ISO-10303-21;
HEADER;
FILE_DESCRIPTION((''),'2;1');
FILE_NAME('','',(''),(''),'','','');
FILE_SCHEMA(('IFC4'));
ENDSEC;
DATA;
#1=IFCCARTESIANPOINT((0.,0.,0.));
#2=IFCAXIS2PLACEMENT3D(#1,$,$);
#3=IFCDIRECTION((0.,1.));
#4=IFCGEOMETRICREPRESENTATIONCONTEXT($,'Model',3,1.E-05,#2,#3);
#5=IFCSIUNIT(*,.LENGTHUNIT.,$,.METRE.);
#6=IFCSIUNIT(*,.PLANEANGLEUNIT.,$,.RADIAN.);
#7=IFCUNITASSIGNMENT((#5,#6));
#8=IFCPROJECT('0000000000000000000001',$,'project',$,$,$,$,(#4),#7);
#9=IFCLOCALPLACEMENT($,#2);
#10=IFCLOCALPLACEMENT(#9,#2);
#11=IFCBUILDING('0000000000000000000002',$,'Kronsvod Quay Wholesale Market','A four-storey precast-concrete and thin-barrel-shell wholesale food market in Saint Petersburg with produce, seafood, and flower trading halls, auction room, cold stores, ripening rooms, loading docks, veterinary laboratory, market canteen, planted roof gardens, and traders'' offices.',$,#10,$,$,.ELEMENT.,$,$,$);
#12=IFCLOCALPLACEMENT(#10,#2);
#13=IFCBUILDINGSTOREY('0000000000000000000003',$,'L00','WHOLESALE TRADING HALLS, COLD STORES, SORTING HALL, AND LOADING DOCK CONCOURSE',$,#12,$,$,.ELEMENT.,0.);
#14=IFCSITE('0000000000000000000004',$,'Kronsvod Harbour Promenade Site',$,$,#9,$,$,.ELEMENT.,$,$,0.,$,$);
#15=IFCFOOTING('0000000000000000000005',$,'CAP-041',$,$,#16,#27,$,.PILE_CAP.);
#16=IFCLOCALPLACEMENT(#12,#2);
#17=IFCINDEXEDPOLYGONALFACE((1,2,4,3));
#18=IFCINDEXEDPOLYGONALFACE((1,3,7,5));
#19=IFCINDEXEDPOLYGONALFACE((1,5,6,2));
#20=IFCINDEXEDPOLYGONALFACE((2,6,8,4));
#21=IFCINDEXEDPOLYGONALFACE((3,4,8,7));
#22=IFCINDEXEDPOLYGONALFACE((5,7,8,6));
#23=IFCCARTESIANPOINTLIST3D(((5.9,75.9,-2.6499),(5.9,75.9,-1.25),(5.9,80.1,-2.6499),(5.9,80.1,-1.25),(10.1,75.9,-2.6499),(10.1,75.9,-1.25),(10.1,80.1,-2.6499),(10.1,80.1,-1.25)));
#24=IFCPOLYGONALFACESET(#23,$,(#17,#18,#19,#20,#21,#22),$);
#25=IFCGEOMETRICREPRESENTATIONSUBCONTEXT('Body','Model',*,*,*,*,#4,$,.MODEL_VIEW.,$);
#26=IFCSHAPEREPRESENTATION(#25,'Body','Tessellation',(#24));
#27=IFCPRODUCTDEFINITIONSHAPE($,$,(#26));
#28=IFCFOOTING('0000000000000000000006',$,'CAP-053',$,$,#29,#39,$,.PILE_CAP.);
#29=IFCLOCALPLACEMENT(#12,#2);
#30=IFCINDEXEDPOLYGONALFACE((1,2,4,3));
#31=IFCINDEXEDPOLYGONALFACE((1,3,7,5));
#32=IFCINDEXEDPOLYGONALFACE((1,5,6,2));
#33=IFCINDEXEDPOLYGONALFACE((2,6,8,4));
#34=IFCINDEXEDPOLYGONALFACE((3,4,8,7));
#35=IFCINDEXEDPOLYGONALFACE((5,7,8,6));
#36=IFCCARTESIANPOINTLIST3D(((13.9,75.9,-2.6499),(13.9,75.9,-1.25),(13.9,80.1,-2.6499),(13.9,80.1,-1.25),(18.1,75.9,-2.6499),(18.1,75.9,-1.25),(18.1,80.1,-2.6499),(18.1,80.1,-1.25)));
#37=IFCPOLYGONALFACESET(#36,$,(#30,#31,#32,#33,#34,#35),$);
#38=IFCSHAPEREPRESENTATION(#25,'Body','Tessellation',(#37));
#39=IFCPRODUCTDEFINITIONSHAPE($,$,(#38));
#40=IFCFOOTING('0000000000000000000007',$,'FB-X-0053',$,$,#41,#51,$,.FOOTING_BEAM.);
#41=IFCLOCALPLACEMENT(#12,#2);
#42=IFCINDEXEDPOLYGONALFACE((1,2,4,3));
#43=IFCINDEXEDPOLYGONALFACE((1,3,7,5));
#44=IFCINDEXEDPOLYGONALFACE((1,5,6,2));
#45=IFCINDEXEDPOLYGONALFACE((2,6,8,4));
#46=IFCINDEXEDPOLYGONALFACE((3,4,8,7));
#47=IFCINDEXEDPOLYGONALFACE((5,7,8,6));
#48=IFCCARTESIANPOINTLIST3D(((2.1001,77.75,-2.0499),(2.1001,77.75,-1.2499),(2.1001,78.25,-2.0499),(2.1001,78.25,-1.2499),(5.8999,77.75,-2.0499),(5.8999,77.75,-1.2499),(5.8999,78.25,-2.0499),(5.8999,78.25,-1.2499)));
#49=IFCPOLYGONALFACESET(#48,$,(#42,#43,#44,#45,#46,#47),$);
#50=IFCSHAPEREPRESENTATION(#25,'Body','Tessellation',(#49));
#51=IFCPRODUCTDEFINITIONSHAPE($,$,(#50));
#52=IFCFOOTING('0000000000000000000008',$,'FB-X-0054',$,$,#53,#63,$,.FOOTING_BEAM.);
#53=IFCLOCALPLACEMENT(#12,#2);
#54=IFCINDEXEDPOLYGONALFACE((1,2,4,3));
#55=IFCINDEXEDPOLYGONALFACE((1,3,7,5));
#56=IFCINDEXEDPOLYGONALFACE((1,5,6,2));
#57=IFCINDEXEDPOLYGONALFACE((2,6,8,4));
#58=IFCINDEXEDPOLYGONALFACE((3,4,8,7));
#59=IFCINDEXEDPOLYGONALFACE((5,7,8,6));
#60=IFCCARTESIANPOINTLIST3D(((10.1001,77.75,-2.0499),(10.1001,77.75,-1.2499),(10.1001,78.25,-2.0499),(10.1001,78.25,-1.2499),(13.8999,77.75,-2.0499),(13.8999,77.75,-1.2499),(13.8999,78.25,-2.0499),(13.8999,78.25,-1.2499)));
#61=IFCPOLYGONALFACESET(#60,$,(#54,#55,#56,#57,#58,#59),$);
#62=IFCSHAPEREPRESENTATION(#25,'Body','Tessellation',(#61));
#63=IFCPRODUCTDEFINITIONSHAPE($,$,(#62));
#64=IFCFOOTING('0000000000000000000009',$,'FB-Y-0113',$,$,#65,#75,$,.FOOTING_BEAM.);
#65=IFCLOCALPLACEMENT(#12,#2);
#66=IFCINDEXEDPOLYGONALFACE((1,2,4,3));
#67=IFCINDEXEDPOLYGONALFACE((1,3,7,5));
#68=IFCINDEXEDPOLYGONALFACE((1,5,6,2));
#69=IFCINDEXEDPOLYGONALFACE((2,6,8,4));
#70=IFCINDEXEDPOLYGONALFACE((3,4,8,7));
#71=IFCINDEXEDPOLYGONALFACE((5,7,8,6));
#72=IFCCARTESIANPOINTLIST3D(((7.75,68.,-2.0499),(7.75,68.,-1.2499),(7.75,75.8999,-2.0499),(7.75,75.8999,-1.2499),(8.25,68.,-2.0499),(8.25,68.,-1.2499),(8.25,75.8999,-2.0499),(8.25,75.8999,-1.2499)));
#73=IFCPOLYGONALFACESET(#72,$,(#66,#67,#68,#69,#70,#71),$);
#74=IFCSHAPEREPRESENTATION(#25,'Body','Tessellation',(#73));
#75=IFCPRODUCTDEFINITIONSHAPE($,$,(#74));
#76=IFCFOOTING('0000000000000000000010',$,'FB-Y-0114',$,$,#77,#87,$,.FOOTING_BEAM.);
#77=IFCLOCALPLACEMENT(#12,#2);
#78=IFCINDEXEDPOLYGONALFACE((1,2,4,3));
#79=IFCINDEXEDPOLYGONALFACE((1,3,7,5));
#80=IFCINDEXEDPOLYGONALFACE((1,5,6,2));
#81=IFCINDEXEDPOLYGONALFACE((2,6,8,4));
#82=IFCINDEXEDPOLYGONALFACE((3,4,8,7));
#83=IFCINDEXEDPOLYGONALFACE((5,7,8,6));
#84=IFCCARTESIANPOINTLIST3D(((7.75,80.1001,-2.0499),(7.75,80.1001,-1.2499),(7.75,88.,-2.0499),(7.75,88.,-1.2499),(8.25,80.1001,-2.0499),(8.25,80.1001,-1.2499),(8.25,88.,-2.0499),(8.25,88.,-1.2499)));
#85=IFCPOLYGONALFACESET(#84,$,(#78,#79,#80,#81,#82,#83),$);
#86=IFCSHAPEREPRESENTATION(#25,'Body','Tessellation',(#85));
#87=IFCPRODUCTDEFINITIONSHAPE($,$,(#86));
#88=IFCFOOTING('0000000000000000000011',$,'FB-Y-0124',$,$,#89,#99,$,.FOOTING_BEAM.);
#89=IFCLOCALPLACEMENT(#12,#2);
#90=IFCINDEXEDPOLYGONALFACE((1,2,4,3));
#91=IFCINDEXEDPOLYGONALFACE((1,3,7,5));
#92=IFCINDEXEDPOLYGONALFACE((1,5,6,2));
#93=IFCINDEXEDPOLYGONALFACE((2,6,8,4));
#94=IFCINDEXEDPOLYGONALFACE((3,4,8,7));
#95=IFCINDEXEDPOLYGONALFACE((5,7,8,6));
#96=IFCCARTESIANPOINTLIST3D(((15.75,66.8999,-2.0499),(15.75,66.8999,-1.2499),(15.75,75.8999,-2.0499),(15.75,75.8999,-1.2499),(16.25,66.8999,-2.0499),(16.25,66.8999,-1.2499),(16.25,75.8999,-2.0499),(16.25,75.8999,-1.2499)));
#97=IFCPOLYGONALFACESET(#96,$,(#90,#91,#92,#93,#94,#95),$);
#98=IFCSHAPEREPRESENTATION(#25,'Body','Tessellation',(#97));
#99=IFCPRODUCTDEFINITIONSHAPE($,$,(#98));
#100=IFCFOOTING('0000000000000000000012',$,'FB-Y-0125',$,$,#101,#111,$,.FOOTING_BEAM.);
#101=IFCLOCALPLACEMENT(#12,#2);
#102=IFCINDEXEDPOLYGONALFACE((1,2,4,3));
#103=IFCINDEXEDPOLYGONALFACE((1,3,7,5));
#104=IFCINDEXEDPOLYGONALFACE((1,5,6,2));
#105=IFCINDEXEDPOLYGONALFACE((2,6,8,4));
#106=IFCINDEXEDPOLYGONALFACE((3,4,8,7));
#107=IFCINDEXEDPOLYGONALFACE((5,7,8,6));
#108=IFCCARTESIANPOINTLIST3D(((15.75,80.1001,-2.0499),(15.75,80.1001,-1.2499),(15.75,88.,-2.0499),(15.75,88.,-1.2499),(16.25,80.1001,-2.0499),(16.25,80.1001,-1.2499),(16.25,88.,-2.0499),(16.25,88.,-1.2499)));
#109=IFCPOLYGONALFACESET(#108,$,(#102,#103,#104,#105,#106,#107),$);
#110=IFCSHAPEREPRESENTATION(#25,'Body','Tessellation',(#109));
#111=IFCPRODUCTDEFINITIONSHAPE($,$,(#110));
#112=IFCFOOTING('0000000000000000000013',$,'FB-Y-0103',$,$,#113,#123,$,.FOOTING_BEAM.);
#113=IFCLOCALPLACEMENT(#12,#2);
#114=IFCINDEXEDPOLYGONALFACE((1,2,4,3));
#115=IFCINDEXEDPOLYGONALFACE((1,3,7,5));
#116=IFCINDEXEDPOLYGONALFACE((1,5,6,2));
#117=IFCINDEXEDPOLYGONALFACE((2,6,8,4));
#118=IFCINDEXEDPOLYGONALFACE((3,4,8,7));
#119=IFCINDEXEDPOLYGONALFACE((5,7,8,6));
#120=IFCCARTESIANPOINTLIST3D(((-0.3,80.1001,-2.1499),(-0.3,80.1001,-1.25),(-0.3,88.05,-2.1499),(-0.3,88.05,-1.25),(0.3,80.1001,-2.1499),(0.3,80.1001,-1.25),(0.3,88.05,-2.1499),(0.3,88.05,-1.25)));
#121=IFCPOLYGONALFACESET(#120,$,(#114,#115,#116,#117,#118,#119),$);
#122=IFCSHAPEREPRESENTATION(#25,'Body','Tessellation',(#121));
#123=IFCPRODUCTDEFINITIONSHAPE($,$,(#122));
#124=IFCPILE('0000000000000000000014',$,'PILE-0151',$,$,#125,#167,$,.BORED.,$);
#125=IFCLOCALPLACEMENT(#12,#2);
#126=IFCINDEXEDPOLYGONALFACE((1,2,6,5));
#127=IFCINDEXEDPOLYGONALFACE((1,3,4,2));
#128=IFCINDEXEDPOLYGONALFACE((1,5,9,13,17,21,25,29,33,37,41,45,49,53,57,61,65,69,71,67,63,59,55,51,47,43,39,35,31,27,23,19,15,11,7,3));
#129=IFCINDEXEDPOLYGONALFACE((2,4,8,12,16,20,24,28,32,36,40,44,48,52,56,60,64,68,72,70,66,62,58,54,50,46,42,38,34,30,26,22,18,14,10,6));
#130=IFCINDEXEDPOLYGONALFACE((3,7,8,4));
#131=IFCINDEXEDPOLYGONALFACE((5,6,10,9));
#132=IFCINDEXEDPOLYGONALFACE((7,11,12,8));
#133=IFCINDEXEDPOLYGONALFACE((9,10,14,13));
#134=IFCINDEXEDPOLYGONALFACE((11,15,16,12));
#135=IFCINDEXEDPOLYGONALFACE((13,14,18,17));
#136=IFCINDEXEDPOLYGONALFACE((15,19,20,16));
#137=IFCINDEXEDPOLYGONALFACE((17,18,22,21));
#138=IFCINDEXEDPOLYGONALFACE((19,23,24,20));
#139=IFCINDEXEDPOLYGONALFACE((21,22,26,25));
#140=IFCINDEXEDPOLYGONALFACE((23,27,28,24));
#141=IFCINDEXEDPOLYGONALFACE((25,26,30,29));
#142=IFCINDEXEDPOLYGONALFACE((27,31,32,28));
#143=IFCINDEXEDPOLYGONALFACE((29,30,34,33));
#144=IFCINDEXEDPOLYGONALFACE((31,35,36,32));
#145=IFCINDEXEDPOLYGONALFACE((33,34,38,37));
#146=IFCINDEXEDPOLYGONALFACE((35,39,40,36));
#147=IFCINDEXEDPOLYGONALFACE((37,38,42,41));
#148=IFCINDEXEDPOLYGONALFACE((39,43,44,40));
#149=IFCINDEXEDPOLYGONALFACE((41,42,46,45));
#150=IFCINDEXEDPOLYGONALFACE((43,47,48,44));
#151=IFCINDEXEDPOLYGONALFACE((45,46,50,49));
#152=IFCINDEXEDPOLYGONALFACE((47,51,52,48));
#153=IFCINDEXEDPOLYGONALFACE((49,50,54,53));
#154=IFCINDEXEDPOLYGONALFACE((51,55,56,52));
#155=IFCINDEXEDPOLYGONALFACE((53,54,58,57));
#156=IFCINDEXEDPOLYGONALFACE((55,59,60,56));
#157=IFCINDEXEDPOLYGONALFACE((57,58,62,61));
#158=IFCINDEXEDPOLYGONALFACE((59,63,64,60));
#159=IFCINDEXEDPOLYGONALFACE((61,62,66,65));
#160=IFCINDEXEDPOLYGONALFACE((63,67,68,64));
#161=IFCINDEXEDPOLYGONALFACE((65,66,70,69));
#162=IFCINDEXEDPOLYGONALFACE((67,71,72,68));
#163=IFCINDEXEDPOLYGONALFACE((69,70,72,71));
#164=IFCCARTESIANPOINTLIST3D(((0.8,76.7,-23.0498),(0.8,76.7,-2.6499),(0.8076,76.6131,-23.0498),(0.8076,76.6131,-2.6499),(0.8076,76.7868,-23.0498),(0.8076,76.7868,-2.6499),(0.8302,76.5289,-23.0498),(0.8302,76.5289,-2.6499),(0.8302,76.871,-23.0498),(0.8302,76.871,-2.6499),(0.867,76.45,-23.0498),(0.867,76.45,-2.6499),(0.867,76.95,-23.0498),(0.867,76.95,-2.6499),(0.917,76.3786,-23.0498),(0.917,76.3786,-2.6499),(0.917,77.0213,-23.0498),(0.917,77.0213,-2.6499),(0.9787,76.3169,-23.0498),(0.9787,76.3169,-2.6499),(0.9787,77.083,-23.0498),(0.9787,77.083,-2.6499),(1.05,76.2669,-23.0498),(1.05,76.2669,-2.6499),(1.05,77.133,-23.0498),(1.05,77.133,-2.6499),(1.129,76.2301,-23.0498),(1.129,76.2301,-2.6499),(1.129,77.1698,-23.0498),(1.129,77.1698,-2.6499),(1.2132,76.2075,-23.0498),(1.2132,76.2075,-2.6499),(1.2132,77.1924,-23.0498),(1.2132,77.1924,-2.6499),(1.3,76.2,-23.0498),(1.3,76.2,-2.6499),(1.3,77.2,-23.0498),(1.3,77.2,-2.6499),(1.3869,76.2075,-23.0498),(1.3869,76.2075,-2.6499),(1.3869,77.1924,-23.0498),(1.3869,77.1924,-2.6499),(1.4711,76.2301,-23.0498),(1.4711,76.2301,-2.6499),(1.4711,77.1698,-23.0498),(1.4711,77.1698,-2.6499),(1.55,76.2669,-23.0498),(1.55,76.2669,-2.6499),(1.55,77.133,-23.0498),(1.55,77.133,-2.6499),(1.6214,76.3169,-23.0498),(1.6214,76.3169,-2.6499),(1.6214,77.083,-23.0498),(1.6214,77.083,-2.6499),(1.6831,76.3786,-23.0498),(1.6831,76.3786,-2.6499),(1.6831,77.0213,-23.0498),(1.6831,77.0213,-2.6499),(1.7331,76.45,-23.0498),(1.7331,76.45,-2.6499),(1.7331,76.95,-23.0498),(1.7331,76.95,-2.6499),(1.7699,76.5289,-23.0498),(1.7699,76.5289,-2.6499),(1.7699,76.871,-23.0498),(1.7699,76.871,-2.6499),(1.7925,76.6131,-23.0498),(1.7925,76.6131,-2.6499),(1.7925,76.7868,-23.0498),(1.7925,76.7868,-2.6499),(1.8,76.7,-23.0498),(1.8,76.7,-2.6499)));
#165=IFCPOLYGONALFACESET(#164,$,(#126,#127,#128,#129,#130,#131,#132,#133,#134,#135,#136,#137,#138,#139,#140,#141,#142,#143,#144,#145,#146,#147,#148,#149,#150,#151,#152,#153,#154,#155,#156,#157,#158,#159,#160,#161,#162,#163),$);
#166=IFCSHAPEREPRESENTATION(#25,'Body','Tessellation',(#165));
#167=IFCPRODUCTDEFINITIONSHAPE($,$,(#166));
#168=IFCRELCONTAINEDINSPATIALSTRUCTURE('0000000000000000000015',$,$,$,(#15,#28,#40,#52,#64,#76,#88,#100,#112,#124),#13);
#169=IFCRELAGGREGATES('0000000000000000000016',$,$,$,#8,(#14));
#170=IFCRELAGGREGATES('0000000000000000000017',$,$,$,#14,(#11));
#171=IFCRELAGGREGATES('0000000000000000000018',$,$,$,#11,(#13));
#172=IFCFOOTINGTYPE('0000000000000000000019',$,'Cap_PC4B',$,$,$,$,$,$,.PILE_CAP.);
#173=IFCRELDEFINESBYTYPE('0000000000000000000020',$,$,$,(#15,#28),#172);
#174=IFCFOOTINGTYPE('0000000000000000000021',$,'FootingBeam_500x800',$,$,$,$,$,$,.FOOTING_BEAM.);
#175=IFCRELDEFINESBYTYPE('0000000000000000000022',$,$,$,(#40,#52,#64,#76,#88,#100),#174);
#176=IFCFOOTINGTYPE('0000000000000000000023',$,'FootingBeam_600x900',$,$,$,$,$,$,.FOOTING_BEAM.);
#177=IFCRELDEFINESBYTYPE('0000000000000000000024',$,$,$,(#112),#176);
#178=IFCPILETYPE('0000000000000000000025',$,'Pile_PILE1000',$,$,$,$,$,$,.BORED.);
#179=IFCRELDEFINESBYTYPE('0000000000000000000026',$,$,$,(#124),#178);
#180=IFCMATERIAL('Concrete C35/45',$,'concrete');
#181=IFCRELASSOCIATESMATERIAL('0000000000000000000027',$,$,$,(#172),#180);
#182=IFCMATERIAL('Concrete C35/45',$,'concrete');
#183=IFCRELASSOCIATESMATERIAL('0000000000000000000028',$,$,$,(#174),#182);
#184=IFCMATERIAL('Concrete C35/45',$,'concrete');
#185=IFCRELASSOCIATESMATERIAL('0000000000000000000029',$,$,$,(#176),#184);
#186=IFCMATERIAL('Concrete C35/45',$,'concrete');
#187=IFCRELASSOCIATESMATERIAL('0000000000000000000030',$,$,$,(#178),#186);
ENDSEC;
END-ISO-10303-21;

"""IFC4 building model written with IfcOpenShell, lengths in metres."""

from ifc_helpers import new_model, si_unit, direction, frame, origin, origin_2d, place, context, subcontext, project, spatial, rectangle, circle, extrude, material, material_profile, profile_set, type_object, element, save


model = new_model("IFC4")

# Units and contexts
model_context = context("Model", 3, precision=1e-05, world=origin(), true_north=direction((0.0, 1.0)))
body_context = subcontext(model_context, "Body", "Model", "MODEL_VIEW")
ifc_project = project(units=[si_unit("LENGTHUNIT", "METRE"), si_unit("PLANEANGLEUNIT", "RADIAN")], contexts=[model_context])

# Site, building, storey
site_placement = place(None, origin())
site = spatial("IfcSite", under=ifc_project, at=site_placement, Name="Kronsvod Harbour Promenade Site", CompositionType="ELEMENT", RefElevation=0.0)
building_placement = place(site_placement, origin())
building = spatial("IfcBuilding", under=site, at=building_placement, Name="Kronsvod Quay Wholesale Market", Description="A four-storey precast-concrete and thin-barrel-shell wholesale food market in Saint Petersburg with produce, seafood, and flower trading halls, auction room, cold stores, ripening rooms, loading docks, veterinary laboratory, market canteen, planted roof gardens, and traders' offices.", CompositionType="ELEMENT")
storey_placement = place(building_placement, origin())
storey = spatial("IfcBuildingStorey", under=building, at=storey_placement, Name="L00", Description="WHOLESALE TRADING HALLS, COLD STORES, SORTING HALL, AND LOADING DOCK CONCOURSE", CompositionType="ELEMENT", Elevation=0.0)

# Footings
ifc_material_1 = material(Name="Concrete C35/45", Category="concrete")
footing_type_1 = type_object("IfcFootingType", Name="Cap_PC4B", PredefinedType="PILE_CAP", material=ifc_material_1)
for number, where, z_axis, x_axis, name in (
    (1, (8.0, 78.0, -2.6499), (0.0, 0.0, 1.0), (1.0, 0.0, 0.0), "CAP-041"),
    (2, (16.0, 78.0, -2.6499), (0.0, 0.0, 1.0), (1.0, 0.0, 0.0), "CAP-053"),
):
    element("IfcFooting", number, at=place(storey_placement, frame(where, z_axis=z_axis, x_axis=x_axis)), inside=storey, type_object=footing_type_1, Name=name, PredefinedType="PILE_CAP", context=body_context, shape_type="SweptSolid", body=[
        extrude(rectangle(XDim=4.2, YDim=4.2, at=origin_2d()), origin(), (0.0, 0.0, 1.0), 1.3999),
    ])
ifc_material_2 = material(Name="Concrete C35/45", Category="concrete")
ifc_material_profile_1 = material_profile(ifc_material_2, rectangle(XDim=0.5, YDim=0.8, at=origin_2d()), Name="FB-01")
ifc_profile_set_1 = profile_set([ifc_material_profile_1], Name="Concrete C35/45")
footing_type_2 = type_object("IfcFootingType", Name="FootingBeam_500x800", PredefinedType="FOOTING_BEAM", material=ifc_profile_set_1)
for number, where, z_axis, x_axis, name in (
    (3, (2.1001, 78.0, -1.6499), (1.0, 0.0, 0.0), (0.0, 1.0, 0.0), "FB-X-0053"),
    (4, (10.1001, 78.0, -1.6499), (1.0, 0.0, 0.0), (0.0, 1.0, 0.0), "FB-X-0054"),
):
    element("IfcFooting", number, at=place(storey_placement, frame(where, z_axis=z_axis, x_axis=x_axis)), inside=storey, type_object=footing_type_2, Name=name, PredefinedType="FOOTING_BEAM", context=body_context, shape_type="SweptSolid", body=[
        extrude(rectangle(XDim=0.5, YDim=0.8, at=origin_2d()), origin(), (0.0, 0.0, 1.0), 3.7998),
    ])
for number, where, z_axis, x_axis, name in (
    (5, (8.0, 68.0, -1.6499), (0.0, 1.0, 0.0), (-1.0, 0.0, 0.0), "FB-Y-0113"),
    (6, (8.0, 80.1001, -1.6499), (0.0, 1.0, 0.0), (-1.0, 0.0, 0.0), "FB-Y-0114"),
):
    element("IfcFooting", number, at=place(storey_placement, frame(where, z_axis=z_axis, x_axis=x_axis)), inside=storey, type_object=footing_type_2, Name=name, PredefinedType="FOOTING_BEAM", context=body_context, shape_type="SweptSolid", body=[
        extrude(rectangle(XDim=0.5, YDim=0.8, at=origin_2d()), origin(), (0.0, 0.0, 1.0), 7.8999),
    ])
footing_1_placement = place(storey_placement, frame((16.0, 66.8999, -1.6499), z_axis=(0.0, 1.0, 0.0), x_axis=(-1.0, 0.0, 0.0)))
element("IfcFooting", 7, at=footing_1_placement, inside=storey, type_object=footing_type_2, Name="FB-Y-0124", PredefinedType="FOOTING_BEAM", context=body_context, shape_type="SweptSolid", body=[
    extrude(rectangle(XDim=0.5, YDim=0.8, at=origin_2d()), origin(), (0.0, 0.0, 1.0), 9.0),
])
footing_2_placement = place(storey_placement, frame((16.0, 80.1001, -1.6499), z_axis=(0.0, 1.0, 0.0), x_axis=(-1.0, 0.0, 0.0)))
element("IfcFooting", 8, at=footing_2_placement, inside=storey, type_object=footing_type_2, Name="FB-Y-0125", PredefinedType="FOOTING_BEAM", context=body_context, shape_type="SweptSolid", body=[
    extrude(rectangle(XDim=0.5, YDim=0.8, at=origin_2d()), origin(), (0.0, 0.0, 1.0), 7.8999),
])
ifc_material_3 = material(Name="Concrete C35/45", Category="concrete")
ifc_material_profile_2 = material_profile(ifc_material_3, rectangle(XDim=0.6001, YDim=0.8999, at=origin_2d()), Name="FB-02")
ifc_profile_set_2 = profile_set([ifc_material_profile_2], Name="Concrete C35/45")
footing_type_3 = type_object("IfcFootingType", Name="FootingBeam_600x900", PredefinedType="FOOTING_BEAM", material=ifc_profile_set_2)
footing_3_placement = place(storey_placement, frame((0.0, 80.1001, -1.7), z_axis=(0.0, 1.0, 0.0), x_axis=(-1.0, 0.0, 0.0)))
element("IfcFooting", 9, at=footing_3_placement, inside=storey, type_object=footing_type_3, Name="FB-Y-0103", PredefinedType="FOOTING_BEAM", context=body_context, shape_type="SweptSolid", body=[
    extrude(rectangle(XDim=0.6001, YDim=0.8999, at=origin_2d()), origin(), (0.0, 0.0, 1.0), 7.95),
])

# Pile
ifc_material_4 = material(Name="Concrete C35/45", Category="concrete")
ifc_material_profile_3 = material_profile(ifc_material_4, circle(Radius=0.5, at=origin_2d()), Name="PILE1000")
ifc_profile_set_3 = profile_set([ifc_material_profile_3], Name="Concrete C35/45")
pile_type_1 = type_object("IfcPileType", Name="Pile_PILE1000", PredefinedType="BORED", material=ifc_profile_set_3)
for number, where, z_axis, x_axis, name in (
    (10, (1.3, 76.7, -2.6499), (0.0, 0.0, -1.0), (1.0, 0.0, 0.0), "PILE-0151"),
):
    element("IfcPile", number, at=place(storey_placement, frame(where, z_axis=z_axis, x_axis=x_axis)), inside=storey, type_object=pile_type_1, Name=name, PredefinedType="BORED", context=body_context, shape_type="SweptSolid", body=[
        extrude(circle(Radius=0.5, at=origin_2d()), origin(), (0.0, 0.0, 1.0), 20.3999),
    ])

save(model, "model.ifc")
